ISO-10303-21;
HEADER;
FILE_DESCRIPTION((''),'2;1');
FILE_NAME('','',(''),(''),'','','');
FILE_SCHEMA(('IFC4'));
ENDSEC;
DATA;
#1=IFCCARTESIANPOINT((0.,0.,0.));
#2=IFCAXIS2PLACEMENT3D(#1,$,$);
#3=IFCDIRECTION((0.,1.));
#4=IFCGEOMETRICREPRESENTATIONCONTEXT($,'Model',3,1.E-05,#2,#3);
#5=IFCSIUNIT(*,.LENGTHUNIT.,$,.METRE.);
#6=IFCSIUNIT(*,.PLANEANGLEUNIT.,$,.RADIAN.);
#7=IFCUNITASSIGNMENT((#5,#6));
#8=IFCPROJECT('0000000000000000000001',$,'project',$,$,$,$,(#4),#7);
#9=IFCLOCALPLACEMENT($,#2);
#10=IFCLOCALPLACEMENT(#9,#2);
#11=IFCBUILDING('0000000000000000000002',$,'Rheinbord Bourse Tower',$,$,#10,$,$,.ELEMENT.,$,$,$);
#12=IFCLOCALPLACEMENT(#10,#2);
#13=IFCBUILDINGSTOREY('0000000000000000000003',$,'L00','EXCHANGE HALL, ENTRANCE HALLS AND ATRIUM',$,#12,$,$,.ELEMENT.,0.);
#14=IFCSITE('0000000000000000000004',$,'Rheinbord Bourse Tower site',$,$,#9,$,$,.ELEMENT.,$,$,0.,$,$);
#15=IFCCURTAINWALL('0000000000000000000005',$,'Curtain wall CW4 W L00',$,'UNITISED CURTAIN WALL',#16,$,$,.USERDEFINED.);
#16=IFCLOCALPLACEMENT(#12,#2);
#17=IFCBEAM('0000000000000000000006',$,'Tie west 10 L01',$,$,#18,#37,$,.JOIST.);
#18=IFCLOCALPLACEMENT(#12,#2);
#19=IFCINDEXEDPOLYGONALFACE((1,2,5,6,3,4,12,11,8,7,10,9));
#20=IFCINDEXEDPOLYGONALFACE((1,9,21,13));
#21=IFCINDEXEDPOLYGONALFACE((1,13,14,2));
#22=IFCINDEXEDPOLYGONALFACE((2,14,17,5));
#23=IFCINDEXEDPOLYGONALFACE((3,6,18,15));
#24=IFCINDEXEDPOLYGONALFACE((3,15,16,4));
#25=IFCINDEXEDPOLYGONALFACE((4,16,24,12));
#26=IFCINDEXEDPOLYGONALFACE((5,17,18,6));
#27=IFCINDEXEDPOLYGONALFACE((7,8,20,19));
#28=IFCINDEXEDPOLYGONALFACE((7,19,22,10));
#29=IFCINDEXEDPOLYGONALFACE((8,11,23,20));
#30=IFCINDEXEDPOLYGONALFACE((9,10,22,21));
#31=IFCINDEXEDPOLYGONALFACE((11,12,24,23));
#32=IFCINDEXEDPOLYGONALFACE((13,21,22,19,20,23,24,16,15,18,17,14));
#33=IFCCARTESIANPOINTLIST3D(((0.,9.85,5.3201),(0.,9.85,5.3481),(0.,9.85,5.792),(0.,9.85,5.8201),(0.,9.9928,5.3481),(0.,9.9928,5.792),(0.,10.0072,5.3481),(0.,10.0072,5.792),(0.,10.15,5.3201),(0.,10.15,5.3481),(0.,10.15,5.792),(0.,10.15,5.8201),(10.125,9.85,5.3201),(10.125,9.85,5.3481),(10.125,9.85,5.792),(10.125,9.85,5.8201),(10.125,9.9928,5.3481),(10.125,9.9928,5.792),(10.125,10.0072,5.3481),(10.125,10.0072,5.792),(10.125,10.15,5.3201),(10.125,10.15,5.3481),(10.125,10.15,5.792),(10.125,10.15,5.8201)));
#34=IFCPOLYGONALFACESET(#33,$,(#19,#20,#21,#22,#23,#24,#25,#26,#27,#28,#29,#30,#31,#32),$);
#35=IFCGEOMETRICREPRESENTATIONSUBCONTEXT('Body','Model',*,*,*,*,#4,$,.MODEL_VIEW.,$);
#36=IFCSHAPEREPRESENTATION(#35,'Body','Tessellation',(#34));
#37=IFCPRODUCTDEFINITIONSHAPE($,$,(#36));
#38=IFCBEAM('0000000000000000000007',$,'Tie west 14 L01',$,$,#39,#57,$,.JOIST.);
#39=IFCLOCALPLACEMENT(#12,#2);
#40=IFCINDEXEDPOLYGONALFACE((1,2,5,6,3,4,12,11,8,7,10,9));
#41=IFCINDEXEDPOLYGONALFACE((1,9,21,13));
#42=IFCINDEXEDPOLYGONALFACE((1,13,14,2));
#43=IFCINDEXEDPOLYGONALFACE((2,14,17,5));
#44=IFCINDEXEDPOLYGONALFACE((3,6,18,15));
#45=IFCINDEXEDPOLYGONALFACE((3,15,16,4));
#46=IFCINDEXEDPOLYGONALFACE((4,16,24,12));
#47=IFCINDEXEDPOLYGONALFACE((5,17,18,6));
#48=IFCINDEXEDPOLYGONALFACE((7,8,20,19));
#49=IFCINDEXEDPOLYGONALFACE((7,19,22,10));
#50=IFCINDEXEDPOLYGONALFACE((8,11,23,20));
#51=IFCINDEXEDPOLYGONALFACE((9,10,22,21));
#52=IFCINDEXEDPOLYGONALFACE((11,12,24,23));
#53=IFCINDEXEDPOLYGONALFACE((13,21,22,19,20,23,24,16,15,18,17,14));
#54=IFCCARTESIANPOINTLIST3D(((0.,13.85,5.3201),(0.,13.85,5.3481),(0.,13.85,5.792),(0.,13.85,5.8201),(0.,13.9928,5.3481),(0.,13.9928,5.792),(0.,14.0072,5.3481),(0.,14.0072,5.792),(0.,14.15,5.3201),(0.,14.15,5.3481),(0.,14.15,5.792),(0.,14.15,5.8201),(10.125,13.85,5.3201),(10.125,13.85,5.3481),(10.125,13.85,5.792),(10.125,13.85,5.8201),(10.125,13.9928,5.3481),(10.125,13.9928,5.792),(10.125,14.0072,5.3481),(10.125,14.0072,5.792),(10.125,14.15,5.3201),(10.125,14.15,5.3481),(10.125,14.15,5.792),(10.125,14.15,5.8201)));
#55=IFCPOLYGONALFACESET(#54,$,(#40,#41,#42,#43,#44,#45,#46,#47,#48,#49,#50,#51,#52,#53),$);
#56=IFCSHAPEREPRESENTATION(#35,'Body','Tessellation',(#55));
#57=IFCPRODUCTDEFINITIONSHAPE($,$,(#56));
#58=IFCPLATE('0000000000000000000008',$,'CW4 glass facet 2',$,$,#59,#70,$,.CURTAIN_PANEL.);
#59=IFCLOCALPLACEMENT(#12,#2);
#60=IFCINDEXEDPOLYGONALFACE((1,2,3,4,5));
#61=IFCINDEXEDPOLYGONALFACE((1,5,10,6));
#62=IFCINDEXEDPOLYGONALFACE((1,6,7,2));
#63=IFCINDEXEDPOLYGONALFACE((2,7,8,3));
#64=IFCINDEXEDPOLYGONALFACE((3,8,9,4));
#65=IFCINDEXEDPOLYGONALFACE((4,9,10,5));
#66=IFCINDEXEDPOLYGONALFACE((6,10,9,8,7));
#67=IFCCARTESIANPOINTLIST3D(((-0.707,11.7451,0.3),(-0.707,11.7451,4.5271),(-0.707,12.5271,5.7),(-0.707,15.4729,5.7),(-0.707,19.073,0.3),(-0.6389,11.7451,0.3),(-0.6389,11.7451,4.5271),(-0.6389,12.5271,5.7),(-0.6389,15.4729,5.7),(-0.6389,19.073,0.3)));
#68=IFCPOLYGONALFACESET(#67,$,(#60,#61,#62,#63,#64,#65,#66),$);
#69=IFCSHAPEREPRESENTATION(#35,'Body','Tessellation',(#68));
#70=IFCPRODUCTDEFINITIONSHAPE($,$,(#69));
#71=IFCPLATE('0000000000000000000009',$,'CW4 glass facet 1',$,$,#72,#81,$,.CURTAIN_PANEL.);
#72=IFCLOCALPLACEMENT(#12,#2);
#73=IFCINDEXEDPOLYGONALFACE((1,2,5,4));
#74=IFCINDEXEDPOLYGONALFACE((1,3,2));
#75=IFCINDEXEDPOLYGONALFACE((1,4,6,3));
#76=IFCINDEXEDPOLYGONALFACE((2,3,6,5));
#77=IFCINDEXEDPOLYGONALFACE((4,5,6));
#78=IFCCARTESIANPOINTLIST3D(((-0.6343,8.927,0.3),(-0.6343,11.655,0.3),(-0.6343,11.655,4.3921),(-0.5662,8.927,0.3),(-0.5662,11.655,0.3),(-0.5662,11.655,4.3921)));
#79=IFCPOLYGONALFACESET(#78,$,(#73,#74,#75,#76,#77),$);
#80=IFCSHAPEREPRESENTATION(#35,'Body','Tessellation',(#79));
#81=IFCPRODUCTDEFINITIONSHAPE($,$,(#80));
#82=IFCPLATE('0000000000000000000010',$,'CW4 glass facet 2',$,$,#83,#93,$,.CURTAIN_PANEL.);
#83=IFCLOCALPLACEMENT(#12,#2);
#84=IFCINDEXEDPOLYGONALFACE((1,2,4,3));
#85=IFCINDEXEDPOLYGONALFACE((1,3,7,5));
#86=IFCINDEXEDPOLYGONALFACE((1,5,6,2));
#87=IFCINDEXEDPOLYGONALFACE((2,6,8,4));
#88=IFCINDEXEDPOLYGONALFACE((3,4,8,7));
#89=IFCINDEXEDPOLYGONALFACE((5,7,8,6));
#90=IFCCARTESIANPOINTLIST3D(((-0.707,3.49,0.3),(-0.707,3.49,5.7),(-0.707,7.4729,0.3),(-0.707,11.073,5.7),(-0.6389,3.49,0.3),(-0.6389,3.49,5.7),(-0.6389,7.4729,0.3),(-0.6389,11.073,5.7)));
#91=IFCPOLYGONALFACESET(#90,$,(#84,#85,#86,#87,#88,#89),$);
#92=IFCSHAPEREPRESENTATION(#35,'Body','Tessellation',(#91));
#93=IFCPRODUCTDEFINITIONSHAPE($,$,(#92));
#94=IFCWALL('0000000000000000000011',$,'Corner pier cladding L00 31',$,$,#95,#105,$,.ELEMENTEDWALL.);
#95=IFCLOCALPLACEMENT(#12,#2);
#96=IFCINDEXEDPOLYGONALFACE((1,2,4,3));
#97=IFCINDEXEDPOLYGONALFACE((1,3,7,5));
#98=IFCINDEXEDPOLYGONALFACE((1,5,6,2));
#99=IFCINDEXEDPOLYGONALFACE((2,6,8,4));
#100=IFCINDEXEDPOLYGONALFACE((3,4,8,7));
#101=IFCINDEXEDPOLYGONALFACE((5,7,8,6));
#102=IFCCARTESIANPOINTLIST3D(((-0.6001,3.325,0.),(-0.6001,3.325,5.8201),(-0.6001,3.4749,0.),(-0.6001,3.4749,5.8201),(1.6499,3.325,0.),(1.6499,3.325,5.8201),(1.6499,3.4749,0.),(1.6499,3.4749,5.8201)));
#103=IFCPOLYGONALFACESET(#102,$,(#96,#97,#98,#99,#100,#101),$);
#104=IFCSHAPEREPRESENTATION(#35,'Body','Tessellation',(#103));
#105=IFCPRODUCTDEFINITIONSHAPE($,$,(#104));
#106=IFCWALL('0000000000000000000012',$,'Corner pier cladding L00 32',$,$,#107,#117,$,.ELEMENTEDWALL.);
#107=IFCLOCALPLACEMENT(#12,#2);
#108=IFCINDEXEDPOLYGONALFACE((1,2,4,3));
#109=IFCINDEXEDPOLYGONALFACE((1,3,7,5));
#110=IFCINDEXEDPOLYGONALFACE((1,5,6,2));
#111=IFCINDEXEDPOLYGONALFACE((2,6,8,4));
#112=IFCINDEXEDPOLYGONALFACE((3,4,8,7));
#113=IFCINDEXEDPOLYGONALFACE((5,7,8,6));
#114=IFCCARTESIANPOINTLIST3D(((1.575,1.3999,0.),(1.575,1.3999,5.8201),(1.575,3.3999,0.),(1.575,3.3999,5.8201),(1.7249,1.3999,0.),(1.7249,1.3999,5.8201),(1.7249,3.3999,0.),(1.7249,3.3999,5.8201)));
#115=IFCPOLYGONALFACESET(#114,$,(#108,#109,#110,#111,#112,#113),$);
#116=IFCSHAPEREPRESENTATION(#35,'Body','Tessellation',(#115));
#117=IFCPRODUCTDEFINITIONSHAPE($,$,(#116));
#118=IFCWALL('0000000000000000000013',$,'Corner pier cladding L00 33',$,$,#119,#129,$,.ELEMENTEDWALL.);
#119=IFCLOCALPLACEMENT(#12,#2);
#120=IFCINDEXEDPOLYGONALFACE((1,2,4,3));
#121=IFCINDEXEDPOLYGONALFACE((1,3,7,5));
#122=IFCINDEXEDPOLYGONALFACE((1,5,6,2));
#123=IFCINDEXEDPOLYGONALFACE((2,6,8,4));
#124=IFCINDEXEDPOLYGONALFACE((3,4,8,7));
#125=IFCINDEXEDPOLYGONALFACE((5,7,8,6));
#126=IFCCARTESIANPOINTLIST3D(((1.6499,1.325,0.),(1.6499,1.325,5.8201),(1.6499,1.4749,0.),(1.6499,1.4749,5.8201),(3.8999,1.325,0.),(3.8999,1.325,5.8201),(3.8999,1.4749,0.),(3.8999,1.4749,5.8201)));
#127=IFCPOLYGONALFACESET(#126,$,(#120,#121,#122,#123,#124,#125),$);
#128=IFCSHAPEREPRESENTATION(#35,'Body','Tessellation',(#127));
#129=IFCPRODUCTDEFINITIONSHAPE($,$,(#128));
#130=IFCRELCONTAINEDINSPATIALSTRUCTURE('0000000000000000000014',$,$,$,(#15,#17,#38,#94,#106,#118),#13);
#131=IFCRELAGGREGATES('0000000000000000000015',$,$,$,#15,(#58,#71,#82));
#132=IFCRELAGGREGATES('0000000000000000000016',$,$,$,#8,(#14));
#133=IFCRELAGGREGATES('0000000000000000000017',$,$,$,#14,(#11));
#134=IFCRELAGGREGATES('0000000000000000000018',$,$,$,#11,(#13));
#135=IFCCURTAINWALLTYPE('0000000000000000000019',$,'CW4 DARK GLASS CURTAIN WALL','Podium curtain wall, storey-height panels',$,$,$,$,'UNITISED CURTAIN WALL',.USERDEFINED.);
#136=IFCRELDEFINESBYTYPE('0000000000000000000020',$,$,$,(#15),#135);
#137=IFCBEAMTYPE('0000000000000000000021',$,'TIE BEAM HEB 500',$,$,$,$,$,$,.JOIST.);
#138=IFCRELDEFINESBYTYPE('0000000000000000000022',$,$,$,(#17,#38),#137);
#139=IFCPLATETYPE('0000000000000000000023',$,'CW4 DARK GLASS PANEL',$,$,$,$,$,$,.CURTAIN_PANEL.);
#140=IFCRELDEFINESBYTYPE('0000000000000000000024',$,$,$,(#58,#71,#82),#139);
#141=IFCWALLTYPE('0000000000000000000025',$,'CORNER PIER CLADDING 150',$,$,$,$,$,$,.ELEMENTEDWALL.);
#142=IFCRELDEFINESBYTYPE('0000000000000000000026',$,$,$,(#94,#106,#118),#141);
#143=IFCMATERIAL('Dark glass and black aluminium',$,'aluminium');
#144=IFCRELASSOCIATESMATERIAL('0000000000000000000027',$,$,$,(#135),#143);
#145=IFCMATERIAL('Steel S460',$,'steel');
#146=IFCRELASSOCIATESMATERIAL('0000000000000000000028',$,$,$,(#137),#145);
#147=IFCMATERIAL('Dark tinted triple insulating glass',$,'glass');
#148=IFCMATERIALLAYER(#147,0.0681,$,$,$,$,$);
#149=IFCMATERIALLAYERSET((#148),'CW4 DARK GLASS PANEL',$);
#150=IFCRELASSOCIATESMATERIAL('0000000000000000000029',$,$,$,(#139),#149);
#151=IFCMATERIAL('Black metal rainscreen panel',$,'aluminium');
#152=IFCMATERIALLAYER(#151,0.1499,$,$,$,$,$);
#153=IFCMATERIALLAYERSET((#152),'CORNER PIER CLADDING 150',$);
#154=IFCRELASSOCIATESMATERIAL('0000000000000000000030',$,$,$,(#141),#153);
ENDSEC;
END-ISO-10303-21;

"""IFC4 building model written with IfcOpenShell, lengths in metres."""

from ifc_helpers import new_model, si_unit, direction, frame, frame_2d, origin, origin_2d, place, context, subcontext, project, spatial, polyline, rectangle, i_section, outline, extrude, material, layer, layer_set, material_profile, profile_set, type_object, element, aggregate, save


model = new_model("IFC4")

# Units and contexts
model_context = context("Model", 3, precision=1e-05, world=origin(), true_north=direction((0.0, 1.0)))
body_context = subcontext(model_context, "Body", "Model", "MODEL_VIEW")
ifc_project = project(units=[si_unit("LENGTHUNIT", "METRE"), si_unit("PLANEANGLEUNIT", "RADIAN")], contexts=[model_context])

# Site, building, storey
site_placement = place(None, origin())
site = spatial("IfcSite", under=ifc_project, at=site_placement, Name="Rheinbord Bourse Tower site", CompositionType="ELEMENT", RefElevation=0.0)
building_placement = place(site_placement, origin())
building = spatial("IfcBuilding", under=site, at=building_placement, Name="Rheinbord Bourse Tower", CompositionType="ELEMENT")
storey_placement = place(building_placement, origin())
storey = spatial("IfcBuildingStorey", under=building, at=storey_placement, Name="L00", Description="EXCHANGE HALL, ENTRANCE HALLS AND ATRIUM", CompositionType="ELEMENT", Elevation=0.0)

# Curtain wall
ifc_material_1 = material(Name="Dark glass and black aluminium", Category="aluminium")
curtain_wall_type = type_object("IfcCurtainWallType", Name="CW4 DARK GLASS CURTAIN WALL", Description="Podium curtain wall, storey-height panels", ElementType="UNITISED CURTAIN WALL", PredefinedType="USERDEFINED", material=ifc_material_1)
curtain_wall_1_placement = place(storey_placement, origin())
curtain_wall_1 = element("IfcCurtainWall", 1, at=curtain_wall_1_placement, inside=storey, type_object=curtain_wall_type, Name="Curtain wall CW4 W L00", ObjectType="UNITISED CURTAIN WALL", PredefinedType="USERDEFINED")

# Beams
ifc_material_2 = material(Name="Steel S460", Category="steel")
ifc_material_profile_1 = material_profile(ifc_material_2, i_section(OverallWidth=0.3, OverallDepth=0.5, WebThickness=0.0144, FlangeThickness=0.0281, at=origin_2d()), Name="HEB 500")
ifc_profile_set_1 = profile_set([ifc_material_profile_1], Name="Steel S460")
beam_type_1 = type_object("IfcBeamType", Name="TIE BEAM HEB 500", PredefinedType="JOIST", material=ifc_profile_set_1)
for number, where, z_axis, x_axis, name in (
    (2, (0.0, 10.0, 5.5701), (1.0, 0.0, 0.0), (0.0, 1.0, 0.0), "Tie west 10 L01"),
    (3, (0.0, 14.0, 5.5701), (1.0, 0.0, 0.0), (0.0, 1.0, 0.0), "Tie west 14 L01"),
):
    element("IfcBeam", number, at=place(storey_placement, frame(where, z_axis=z_axis, x_axis=x_axis)), inside=storey, type_object=beam_type_1, Name=name, PredefinedType="JOIST", context=body_context, shape_type="SweptSolid", body=[
        extrude(i_section(OverallWidth=0.3, OverallDepth=0.5, WebThickness=0.0144, FlangeThickness=0.0281, at=origin_2d()), origin(), (0.0, 0.0, 1.0), 10.125),
    ])

# Plates
ifc_material_3 = material(Name="Dark tinted triple insulating glass", Category="glass")
ifc_layer_1 = layer(ifc_material_3, 0.0681)
ifc_layer_set_1 = layer_set([ifc_layer_1], Name="CW4 DARK GLASS PANEL")
plate_type = type_object("IfcPlateType", Name="CW4 DARK GLASS PANEL", PredefinedType="CURTAIN_PANEL", material=ifc_layer_set_1)
plate_1_placement = place(storey_placement, frame((-0.707, 11.7451, 0.3), z_axis=(1.0, 0.0, 0.0), x_axis=(0.0, 1.0, 0.0)))
plate_1 = element("IfcPlate", 4, at=plate_1_placement, type_object=plate_type, Name="CW4 glass facet 2", PredefinedType="CURTAIN_PANEL", context=body_context, shape_type="SweptSolid", body=[
    extrude(outline(polyline([(0.0, 0.0), (7.3279, 0.0), (3.7278, 5.3999), (0.782, 5.3999), (0.0, 4.2271), (0.0, 0.0)])), origin(), (0.0, 0.0, 1.0), 0.0681),
])
plate_2_placement = place(storey_placement, frame((-0.6343, 11.655, 0.3), z_axis=(1.0, 0.0, 0.0), x_axis=(0.0, 0.0, 1.0)))
plate_2 = element("IfcPlate", 5, at=plate_2_placement, type_object=plate_type, Name="CW4 glass facet 1", PredefinedType="CURTAIN_PANEL", context=body_context, shape_type="SweptSolid", body=[
    extrude(outline(polyline([(0.0, 0.0), (4.092, 0.0), (0.0, 2.728), (0.0, 0.0)])), origin(), (0.0, 0.0, 1.0), 0.0681),
])
plate_3_placement = place(storey_placement, frame((-0.707, 3.49, 5.7), z_axis=(1.0, 0.0, 0.0), x_axis=(0.0, 0.0, -1.0)))
plate_3 = element("IfcPlate", 6, at=plate_3_placement, type_object=plate_type, Name="CW4 glass facet 2", PredefinedType="CURTAIN_PANEL", context=body_context, shape_type="SweptSolid", body=[
    extrude(outline(polyline([(0.0, 0.0), (5.3999, 0.0), (5.3999, 3.9829), (0.0, 7.583), (0.0, 0.0)])), origin(), (0.0, 0.0, 1.0), 0.0681),
])
aggregate(curtain_wall_1, [plate_1, plate_2, plate_3])

# Walls
ifc_material_4 = material(Name="Black metal rainscreen panel", Category="aluminium")
ifc_layer_2 = layer(ifc_material_4, 0.1499)
ifc_layer_set_2 = layer_set([ifc_layer_2], Name="CORNER PIER CLADDING 150")
wall_type = type_object("IfcWallType", Name="CORNER PIER CLADDING 150", PredefinedType="ELEMENTEDWALL", material=ifc_layer_set_2)
wall_1_placement = place(storey_placement, frame((-0.6001, 3.3999, 0.0), z_axis=(0.0, 0.0, 1.0), x_axis=(1.0, 0.0, 0.0)))
element("IfcWall", 7, at=wall_1_placement, inside=storey, type_object=wall_type, Name="Corner pier cladding L00 31", PredefinedType="ELEMENTEDWALL", context=body_context, shape_type="SweptSolid", body=[
    extrude(rectangle(XDim=2.25, YDim=0.1499, at=frame_2d((1.125, 0.0))), origin(), (0.0, 0.0, 1.0), 5.8201),
])
wall_2_placement = place(storey_placement, frame((1.6499, 3.3999, 0.0), z_axis=(0.0, 0.0, 1.0), x_axis=(0.0, -1.0, 0.0)))
element("IfcWall", 8, at=wall_2_placement, inside=storey, type_object=wall_type, Name="Corner pier cladding L00 32", PredefinedType="ELEMENTEDWALL", context=body_context, shape_type="SweptSolid", body=[
    extrude(rectangle(XDim=2.0, YDim=0.1499, at=frame_2d((1.0, 0.0))), origin(), (0.0, 0.0, 1.0), 5.8201),
])
wall_3_placement = place(storey_placement, frame((1.6499, 1.3999, 0.0), z_axis=(0.0, 0.0, 1.0), x_axis=(1.0, 0.0, 0.0)))
element("IfcWall", 9, at=wall_3_placement, inside=storey, type_object=wall_type, Name="Corner pier cladding L00 33", PredefinedType="ELEMENTEDWALL", context=body_context, shape_type="SweptSolid", body=[
    extrude(rectangle(XDim=2.25, YDim=0.1499, at=frame_2d((1.125, 0.0))), origin(), (0.0, 0.0, 1.0), 5.8201),
])

save(model, "model.ifc")
